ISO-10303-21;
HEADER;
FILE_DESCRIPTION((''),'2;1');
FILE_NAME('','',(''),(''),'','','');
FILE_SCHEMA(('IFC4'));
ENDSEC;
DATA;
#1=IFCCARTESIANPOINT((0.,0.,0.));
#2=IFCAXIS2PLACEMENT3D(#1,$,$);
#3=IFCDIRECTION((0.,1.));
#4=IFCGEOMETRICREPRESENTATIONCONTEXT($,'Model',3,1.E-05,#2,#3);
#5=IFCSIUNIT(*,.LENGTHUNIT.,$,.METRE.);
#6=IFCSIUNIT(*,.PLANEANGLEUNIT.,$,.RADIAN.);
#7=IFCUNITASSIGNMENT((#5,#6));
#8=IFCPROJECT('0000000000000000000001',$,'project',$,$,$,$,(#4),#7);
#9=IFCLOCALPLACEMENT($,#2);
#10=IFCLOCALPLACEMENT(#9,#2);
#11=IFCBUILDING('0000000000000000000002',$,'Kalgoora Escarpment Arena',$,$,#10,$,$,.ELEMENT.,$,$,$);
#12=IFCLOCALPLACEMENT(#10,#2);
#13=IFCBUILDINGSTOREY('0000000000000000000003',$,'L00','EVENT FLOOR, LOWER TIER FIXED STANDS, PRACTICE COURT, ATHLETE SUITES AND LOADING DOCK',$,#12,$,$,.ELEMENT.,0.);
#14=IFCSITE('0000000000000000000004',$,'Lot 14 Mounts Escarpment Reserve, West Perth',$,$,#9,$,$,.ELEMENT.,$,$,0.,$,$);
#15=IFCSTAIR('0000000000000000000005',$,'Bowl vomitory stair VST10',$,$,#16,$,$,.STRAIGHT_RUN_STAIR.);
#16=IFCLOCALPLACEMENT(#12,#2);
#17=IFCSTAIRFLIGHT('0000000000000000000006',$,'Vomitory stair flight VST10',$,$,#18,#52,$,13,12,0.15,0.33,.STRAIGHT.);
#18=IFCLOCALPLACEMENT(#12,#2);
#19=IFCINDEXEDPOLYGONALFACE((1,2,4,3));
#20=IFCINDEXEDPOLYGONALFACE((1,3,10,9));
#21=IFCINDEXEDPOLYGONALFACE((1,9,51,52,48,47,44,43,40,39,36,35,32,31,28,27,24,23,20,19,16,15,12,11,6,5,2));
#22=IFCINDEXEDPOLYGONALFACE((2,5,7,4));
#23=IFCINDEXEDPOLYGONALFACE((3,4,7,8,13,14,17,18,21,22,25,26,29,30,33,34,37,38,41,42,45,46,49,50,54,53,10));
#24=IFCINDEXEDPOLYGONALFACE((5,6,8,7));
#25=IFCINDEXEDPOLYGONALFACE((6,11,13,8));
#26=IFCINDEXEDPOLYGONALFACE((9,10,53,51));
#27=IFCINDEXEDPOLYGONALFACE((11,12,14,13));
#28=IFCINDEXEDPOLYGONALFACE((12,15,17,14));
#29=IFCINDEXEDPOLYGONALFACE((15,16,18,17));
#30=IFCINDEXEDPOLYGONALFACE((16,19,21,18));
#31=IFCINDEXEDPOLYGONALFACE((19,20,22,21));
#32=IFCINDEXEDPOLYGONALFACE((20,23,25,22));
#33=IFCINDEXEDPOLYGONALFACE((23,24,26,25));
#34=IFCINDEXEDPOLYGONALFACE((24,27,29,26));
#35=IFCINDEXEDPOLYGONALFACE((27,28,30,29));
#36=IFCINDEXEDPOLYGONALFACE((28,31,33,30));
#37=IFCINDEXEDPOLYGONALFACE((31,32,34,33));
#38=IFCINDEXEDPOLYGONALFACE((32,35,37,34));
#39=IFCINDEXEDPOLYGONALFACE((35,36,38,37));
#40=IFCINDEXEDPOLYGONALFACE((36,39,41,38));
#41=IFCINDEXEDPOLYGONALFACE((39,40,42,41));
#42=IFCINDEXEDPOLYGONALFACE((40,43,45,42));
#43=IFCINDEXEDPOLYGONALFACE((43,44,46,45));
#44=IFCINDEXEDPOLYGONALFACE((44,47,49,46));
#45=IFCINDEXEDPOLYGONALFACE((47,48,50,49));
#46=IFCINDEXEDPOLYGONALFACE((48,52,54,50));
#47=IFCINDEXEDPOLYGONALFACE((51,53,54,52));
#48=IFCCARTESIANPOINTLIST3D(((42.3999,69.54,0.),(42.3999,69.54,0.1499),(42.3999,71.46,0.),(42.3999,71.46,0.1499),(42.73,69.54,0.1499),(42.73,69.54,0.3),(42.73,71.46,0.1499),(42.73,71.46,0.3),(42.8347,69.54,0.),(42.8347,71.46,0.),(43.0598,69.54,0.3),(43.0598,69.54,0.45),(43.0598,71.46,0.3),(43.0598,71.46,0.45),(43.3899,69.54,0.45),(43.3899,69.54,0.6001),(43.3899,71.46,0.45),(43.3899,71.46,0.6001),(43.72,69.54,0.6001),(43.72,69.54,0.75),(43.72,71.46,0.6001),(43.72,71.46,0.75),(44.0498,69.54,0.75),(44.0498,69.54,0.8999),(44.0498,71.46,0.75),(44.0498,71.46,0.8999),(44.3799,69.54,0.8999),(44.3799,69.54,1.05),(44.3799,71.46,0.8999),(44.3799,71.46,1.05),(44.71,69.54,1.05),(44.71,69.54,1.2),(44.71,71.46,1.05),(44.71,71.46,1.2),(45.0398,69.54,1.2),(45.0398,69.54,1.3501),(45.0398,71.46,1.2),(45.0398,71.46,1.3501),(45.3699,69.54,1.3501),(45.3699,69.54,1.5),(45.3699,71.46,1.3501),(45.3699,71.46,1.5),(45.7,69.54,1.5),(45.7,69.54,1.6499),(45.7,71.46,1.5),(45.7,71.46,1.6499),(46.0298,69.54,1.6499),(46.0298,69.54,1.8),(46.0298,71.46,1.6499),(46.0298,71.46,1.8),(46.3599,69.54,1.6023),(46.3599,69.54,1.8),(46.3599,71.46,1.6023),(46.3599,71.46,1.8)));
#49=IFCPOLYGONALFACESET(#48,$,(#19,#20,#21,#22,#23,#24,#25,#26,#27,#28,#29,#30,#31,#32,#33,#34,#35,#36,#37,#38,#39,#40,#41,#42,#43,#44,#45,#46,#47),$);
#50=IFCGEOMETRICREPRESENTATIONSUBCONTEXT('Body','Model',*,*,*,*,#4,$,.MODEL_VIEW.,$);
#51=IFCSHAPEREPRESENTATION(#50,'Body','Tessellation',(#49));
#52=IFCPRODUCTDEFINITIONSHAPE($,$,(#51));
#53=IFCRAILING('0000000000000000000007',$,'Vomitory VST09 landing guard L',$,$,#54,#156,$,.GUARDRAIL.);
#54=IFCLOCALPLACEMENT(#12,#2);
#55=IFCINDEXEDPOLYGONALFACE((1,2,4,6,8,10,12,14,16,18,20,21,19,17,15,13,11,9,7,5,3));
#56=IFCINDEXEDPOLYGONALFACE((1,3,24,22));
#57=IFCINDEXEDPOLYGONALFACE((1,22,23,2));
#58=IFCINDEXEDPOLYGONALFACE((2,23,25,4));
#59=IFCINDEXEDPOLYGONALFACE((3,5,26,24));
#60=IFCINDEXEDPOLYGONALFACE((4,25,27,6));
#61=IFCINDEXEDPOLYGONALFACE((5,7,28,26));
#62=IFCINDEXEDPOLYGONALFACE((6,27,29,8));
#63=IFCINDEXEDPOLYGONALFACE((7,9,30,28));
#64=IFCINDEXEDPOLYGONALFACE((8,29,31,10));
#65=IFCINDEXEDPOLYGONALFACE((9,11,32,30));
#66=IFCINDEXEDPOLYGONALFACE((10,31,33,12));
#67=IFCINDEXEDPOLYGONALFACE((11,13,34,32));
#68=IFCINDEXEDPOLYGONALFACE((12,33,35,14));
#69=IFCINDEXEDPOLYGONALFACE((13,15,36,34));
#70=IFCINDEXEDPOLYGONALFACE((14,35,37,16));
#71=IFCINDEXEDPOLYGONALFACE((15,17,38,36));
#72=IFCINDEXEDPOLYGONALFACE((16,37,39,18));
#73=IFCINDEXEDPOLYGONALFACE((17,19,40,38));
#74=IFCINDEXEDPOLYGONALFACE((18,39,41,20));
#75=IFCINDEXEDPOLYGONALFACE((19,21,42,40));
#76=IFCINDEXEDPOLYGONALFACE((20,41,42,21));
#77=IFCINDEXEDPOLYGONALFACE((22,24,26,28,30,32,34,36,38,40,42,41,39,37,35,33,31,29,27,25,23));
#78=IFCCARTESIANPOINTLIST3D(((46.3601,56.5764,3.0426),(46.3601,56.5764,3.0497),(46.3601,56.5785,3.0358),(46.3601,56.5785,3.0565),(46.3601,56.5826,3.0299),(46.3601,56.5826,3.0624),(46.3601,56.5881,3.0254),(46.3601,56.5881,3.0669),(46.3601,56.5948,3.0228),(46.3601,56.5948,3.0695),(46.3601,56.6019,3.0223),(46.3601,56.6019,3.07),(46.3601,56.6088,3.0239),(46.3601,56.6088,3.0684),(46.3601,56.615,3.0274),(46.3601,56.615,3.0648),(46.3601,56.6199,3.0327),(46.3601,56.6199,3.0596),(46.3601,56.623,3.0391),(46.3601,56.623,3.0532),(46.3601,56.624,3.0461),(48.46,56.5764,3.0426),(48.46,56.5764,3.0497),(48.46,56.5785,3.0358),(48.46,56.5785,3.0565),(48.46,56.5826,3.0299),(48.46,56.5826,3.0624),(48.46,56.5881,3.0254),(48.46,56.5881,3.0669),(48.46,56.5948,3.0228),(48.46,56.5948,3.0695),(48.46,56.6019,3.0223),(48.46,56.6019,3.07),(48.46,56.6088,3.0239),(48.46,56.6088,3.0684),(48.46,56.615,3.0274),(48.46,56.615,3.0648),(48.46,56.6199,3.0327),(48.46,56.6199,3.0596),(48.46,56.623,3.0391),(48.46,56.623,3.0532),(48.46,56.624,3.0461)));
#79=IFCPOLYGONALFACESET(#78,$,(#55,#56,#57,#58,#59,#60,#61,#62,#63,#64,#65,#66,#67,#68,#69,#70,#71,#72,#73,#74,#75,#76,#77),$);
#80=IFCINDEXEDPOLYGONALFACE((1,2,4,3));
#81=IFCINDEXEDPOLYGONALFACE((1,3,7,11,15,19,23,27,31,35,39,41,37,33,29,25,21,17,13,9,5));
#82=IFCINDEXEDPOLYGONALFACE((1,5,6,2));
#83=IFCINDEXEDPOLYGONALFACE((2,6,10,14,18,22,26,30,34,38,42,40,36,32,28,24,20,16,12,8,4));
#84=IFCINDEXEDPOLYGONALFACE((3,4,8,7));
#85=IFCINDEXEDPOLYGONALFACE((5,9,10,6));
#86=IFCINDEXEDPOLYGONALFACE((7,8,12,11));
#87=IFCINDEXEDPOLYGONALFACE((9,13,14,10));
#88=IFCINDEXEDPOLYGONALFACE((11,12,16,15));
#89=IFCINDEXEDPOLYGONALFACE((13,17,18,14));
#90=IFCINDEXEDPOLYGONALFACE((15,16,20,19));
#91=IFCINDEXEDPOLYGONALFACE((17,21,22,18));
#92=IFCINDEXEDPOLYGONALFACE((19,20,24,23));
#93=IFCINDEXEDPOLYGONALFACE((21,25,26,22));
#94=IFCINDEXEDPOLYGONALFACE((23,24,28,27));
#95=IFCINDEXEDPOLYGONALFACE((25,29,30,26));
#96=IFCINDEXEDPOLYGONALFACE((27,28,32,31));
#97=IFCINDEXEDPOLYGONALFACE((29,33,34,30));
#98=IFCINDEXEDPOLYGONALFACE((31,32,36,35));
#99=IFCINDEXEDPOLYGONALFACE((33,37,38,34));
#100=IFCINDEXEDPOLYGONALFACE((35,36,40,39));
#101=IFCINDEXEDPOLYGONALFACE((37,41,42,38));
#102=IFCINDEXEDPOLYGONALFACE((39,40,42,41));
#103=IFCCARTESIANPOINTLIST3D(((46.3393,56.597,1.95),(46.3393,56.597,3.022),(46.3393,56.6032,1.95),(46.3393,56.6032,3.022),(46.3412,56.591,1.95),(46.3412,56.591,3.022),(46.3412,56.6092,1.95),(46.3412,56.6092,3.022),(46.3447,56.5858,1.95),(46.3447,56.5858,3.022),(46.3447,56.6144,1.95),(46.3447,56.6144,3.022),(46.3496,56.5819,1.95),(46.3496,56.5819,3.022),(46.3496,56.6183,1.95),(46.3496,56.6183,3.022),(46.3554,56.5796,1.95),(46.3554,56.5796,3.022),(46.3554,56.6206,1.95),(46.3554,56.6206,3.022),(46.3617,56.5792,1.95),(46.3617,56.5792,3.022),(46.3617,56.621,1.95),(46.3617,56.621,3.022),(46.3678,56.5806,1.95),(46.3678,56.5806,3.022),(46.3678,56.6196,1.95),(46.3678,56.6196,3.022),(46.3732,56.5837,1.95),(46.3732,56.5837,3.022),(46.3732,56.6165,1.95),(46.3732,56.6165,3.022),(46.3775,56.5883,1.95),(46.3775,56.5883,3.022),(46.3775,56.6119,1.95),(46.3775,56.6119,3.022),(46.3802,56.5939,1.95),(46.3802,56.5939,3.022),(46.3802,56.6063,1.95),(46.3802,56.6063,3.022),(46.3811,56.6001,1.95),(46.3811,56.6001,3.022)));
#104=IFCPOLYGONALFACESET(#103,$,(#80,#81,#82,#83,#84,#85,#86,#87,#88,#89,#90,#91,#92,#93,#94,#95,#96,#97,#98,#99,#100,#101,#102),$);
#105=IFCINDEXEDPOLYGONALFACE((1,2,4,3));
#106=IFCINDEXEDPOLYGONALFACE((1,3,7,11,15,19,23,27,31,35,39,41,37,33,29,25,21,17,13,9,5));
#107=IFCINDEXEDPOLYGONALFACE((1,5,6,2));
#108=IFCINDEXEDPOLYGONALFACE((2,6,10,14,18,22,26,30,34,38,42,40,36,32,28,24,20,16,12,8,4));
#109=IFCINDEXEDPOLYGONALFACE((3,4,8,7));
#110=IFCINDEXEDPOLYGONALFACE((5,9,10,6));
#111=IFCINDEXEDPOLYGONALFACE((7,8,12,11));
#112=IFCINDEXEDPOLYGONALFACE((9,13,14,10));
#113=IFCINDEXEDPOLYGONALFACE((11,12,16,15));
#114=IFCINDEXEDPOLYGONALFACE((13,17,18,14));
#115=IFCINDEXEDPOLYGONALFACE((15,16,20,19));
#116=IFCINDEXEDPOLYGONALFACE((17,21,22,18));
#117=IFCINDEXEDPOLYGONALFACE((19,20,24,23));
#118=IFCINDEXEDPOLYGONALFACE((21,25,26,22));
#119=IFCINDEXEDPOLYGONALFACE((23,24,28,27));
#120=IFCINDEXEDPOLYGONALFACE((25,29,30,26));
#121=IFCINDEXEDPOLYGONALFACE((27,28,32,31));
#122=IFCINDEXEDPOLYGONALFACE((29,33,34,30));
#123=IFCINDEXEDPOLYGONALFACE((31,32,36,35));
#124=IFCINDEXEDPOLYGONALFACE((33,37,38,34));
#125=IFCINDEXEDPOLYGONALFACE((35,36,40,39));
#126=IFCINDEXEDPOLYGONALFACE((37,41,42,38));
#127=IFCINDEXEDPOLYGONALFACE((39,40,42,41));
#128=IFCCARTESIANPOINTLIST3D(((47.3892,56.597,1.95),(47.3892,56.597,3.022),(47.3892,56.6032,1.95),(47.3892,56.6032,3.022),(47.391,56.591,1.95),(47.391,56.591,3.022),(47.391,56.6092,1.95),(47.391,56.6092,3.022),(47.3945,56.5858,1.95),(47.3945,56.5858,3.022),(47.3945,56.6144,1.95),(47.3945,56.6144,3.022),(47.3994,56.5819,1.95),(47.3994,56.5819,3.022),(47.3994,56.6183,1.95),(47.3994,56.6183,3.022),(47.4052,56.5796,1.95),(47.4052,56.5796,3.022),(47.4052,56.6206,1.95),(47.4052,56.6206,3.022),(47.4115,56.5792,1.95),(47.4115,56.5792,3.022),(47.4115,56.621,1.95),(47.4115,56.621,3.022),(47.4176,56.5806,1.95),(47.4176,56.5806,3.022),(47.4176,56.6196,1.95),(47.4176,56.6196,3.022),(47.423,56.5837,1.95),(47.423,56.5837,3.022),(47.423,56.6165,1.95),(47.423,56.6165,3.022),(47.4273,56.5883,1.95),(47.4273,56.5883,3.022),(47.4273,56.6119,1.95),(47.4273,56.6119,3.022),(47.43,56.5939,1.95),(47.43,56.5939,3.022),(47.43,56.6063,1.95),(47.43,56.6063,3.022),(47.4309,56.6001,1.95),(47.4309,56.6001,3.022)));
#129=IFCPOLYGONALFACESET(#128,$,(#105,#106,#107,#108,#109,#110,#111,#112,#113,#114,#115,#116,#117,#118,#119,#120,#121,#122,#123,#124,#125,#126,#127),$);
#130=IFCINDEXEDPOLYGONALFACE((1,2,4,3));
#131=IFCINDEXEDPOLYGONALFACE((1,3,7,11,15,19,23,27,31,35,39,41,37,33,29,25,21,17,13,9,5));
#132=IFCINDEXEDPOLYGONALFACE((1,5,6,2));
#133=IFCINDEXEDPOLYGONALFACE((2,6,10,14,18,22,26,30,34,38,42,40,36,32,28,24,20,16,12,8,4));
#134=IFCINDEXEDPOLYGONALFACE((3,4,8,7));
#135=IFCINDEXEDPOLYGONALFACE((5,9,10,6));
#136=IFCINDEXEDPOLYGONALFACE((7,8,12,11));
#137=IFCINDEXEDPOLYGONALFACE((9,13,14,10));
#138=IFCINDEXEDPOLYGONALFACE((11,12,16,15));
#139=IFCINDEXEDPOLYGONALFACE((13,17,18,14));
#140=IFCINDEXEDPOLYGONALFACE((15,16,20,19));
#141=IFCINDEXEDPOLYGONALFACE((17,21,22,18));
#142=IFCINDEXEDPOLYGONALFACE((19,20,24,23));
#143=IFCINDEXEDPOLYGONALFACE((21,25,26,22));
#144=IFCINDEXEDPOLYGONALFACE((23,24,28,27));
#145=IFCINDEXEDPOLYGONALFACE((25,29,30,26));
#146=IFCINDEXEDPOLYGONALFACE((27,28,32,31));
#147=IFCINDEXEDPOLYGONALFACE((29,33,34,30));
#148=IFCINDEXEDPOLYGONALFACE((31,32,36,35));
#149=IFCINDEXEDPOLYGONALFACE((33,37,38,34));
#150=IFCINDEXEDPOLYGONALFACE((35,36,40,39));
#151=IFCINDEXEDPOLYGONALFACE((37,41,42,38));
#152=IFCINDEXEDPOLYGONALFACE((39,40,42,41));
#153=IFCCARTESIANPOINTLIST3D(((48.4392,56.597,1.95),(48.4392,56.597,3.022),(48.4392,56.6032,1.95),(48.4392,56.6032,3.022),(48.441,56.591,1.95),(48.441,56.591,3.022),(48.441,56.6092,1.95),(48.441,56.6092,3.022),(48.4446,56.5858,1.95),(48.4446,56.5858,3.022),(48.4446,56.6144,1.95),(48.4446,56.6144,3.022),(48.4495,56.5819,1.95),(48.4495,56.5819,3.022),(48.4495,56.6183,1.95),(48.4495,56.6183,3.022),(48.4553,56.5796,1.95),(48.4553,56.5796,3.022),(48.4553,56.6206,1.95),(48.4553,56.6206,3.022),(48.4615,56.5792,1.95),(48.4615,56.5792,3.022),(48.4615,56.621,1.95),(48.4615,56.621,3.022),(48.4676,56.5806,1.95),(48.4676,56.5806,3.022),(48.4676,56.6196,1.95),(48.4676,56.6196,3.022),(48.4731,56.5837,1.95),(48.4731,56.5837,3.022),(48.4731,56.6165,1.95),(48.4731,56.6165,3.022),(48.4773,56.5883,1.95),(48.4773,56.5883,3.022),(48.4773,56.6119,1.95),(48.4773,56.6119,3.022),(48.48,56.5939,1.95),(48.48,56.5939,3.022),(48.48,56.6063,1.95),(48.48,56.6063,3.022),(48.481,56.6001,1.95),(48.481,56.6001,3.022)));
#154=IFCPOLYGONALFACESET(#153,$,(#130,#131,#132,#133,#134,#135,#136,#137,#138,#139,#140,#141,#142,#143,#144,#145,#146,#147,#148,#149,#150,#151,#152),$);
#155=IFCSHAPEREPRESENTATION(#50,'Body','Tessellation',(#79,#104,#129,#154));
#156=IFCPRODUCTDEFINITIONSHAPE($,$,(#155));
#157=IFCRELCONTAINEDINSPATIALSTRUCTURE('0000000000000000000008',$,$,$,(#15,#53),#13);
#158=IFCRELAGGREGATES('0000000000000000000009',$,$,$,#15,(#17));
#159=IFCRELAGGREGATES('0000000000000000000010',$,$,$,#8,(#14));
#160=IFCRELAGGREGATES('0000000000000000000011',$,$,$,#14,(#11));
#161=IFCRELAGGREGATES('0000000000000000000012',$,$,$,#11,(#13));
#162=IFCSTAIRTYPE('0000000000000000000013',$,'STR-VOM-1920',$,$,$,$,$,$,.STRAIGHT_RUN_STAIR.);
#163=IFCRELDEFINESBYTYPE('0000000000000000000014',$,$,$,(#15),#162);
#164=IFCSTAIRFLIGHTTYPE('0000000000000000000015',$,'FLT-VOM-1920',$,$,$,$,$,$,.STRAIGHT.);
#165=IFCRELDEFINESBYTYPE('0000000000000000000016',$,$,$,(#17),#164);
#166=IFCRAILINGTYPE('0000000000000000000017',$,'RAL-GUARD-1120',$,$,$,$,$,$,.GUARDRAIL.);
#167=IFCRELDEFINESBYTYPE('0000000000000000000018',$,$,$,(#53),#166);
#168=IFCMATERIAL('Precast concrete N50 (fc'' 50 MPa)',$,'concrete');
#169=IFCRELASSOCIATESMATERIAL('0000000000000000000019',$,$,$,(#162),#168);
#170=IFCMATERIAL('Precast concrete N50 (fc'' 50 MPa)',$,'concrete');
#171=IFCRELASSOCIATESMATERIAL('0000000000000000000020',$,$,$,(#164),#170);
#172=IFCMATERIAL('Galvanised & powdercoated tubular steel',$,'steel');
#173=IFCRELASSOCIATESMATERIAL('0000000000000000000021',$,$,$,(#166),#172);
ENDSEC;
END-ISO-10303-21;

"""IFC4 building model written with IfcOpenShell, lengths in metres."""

from ifc_helpers import new_model, si_unit, direction, frame, origin, origin_2d, place, context, subcontext, project, spatial, polyline, circle, outline, extrude, material, type_object, element, aggregate, save


model = new_model("IFC4")

# Units and contexts
model_context = context("Model", 3, precision=1e-05, world=origin(), true_north=direction((0.0, 1.0)))
body_context = subcontext(model_context, "Body", "Model", "MODEL_VIEW")
ifc_project = project(units=[si_unit("LENGTHUNIT", "METRE"), si_unit("PLANEANGLEUNIT", "RADIAN")], contexts=[model_context])

# Site, building, storey
site_placement = place(None, origin())
site = spatial("IfcSite", under=ifc_project, at=site_placement, Name="Lot 14 Mounts Escarpment Reserve, West Perth", CompositionType="ELEMENT", RefElevation=0.0)
building_placement = place(site_placement, origin())
building = spatial("IfcBuilding", under=site, at=building_placement, Name="Kalgoora Escarpment Arena", CompositionType="ELEMENT")
storey_placement = place(building_placement, origin())
storey = spatial("IfcBuildingStorey", under=building, at=storey_placement, Name="L00", Description="EVENT FLOOR, LOWER TIER FIXED STANDS, PRACTICE COURT, ATHLETE SUITES AND LOADING DOCK", CompositionType="ELEMENT", Elevation=0.0)

# Stair, stair flight
ifc_material_1 = material(Name="Precast concrete N50 (fc' 50 MPa)", Category="concrete")
stair_type = type_object("IfcStairType", Name="STR-VOM-1920", PredefinedType="STRAIGHT_RUN_STAIR", material=ifc_material_1)
ifc_material_2 = material(Name="Precast concrete N50 (fc' 50 MPa)", Category="concrete")
stair_flight_type = type_object("IfcStairFlightType", Name="FLT-VOM-1920", PredefinedType="STRAIGHT", material=ifc_material_2)
stair_1_placement = place(storey_placement, origin())
stair_1 = element("IfcStair", 1, at=stair_1_placement, inside=storey, type_object=stair_type, Name="Bowl vomitory stair VST10", PredefinedType="STRAIGHT_RUN_STAIR")
stair_flight_1_placement = place(storey_placement, frame((42.3999, 70.5, 0.0), z_axis=(0.0, 0.0, 1.0), x_axis=(1.0, 0.0, 0.0)))
stair_flight_1 = element("IfcStairFlight", 2, at=stair_flight_1_placement, type_object=stair_flight_type, Name="Vomitory stair flight VST10", NumberOfRisers=13, NumberOfTreads=12, PredefinedType="STRAIGHT", RiserHeight=0.15, TreadLength=0.33, context=body_context, shape_type="SweptSolid", body=[
    extrude(outline(polyline([(0.0, 0.0), (0.0, 0.1499), (0.3301, 0.1499), (0.3301, 0.3), (0.6599, 0.3), (0.6599, 0.45), (0.99, 0.45), (0.99, 0.6001), (1.3201, 0.6001), (1.3201, 0.75), (1.6499, 0.75), (1.6499, 0.8999), (1.98, 0.8999), (1.98, 1.05), (2.3101, 1.05), (2.3101, 1.2), (2.6399, 1.2), (2.6399, 1.3501), (2.97, 1.3501), (2.97, 1.5), (3.3, 1.5), (3.3, 1.6499), (3.6299, 1.6499), (3.6299, 1.8), (3.96, 1.8), (3.96, 1.95), (3.96, 1.6023), (0.4348, 0.0), (0.0, 0.0)])), frame((0.0, 0.96, 0.0), z_axis=(0.0, -1.0, 0.0), x_axis=(1.0, 0.0, 0.0)), (0.0, 0.0, 1.0), 1.9199),
])
aggregate(stair_1, [stair_flight_1])

# Railing
ifc_material_3 = material(Name="Galvanised & powdercoated tubular steel", Category="steel")
railing_type_1 = type_object("IfcRailingType", Name="RAL-GUARD-1120", PredefinedType="GUARDRAIL", material=ifc_material_3)
for number, where, name in (
    (3, (46.3601, 56.6001, 1.95), "Vomitory VST09 landing guard L"),
):
    element("IfcRailing", number, at=place(storey_placement, frame(where)), inside=storey, type_object=railing_type_1, Name=name, PredefinedType="GUARDRAIL", context=body_context, shape_type="SweptSolid", body=[
        extrude(circle(Radius=0.0239, at=origin_2d()), frame((0.0, 0.0, 1.0962), z_axis=(1.0, 0.0, 0.0), x_axis=(0.0, 1.0, 0.0)), (0.0, 0.0, 1.0), 2.0999),
        extrude(circle(Radius=0.021, at=origin_2d()), origin(), (0.0, 0.0, 1.0), 1.072),
        extrude(circle(Radius=0.021, at=origin_2d()), frame((1.0498, 0.0, 0.0)), (0.0, 0.0, 1.0), 1.072),
        extrude(circle(Radius=0.021, at=origin_2d()), frame((2.0999, 0.0, 0.0)), (0.0, 0.0, 1.0), 1.072),
    ])

save(model, "model.ifc")
